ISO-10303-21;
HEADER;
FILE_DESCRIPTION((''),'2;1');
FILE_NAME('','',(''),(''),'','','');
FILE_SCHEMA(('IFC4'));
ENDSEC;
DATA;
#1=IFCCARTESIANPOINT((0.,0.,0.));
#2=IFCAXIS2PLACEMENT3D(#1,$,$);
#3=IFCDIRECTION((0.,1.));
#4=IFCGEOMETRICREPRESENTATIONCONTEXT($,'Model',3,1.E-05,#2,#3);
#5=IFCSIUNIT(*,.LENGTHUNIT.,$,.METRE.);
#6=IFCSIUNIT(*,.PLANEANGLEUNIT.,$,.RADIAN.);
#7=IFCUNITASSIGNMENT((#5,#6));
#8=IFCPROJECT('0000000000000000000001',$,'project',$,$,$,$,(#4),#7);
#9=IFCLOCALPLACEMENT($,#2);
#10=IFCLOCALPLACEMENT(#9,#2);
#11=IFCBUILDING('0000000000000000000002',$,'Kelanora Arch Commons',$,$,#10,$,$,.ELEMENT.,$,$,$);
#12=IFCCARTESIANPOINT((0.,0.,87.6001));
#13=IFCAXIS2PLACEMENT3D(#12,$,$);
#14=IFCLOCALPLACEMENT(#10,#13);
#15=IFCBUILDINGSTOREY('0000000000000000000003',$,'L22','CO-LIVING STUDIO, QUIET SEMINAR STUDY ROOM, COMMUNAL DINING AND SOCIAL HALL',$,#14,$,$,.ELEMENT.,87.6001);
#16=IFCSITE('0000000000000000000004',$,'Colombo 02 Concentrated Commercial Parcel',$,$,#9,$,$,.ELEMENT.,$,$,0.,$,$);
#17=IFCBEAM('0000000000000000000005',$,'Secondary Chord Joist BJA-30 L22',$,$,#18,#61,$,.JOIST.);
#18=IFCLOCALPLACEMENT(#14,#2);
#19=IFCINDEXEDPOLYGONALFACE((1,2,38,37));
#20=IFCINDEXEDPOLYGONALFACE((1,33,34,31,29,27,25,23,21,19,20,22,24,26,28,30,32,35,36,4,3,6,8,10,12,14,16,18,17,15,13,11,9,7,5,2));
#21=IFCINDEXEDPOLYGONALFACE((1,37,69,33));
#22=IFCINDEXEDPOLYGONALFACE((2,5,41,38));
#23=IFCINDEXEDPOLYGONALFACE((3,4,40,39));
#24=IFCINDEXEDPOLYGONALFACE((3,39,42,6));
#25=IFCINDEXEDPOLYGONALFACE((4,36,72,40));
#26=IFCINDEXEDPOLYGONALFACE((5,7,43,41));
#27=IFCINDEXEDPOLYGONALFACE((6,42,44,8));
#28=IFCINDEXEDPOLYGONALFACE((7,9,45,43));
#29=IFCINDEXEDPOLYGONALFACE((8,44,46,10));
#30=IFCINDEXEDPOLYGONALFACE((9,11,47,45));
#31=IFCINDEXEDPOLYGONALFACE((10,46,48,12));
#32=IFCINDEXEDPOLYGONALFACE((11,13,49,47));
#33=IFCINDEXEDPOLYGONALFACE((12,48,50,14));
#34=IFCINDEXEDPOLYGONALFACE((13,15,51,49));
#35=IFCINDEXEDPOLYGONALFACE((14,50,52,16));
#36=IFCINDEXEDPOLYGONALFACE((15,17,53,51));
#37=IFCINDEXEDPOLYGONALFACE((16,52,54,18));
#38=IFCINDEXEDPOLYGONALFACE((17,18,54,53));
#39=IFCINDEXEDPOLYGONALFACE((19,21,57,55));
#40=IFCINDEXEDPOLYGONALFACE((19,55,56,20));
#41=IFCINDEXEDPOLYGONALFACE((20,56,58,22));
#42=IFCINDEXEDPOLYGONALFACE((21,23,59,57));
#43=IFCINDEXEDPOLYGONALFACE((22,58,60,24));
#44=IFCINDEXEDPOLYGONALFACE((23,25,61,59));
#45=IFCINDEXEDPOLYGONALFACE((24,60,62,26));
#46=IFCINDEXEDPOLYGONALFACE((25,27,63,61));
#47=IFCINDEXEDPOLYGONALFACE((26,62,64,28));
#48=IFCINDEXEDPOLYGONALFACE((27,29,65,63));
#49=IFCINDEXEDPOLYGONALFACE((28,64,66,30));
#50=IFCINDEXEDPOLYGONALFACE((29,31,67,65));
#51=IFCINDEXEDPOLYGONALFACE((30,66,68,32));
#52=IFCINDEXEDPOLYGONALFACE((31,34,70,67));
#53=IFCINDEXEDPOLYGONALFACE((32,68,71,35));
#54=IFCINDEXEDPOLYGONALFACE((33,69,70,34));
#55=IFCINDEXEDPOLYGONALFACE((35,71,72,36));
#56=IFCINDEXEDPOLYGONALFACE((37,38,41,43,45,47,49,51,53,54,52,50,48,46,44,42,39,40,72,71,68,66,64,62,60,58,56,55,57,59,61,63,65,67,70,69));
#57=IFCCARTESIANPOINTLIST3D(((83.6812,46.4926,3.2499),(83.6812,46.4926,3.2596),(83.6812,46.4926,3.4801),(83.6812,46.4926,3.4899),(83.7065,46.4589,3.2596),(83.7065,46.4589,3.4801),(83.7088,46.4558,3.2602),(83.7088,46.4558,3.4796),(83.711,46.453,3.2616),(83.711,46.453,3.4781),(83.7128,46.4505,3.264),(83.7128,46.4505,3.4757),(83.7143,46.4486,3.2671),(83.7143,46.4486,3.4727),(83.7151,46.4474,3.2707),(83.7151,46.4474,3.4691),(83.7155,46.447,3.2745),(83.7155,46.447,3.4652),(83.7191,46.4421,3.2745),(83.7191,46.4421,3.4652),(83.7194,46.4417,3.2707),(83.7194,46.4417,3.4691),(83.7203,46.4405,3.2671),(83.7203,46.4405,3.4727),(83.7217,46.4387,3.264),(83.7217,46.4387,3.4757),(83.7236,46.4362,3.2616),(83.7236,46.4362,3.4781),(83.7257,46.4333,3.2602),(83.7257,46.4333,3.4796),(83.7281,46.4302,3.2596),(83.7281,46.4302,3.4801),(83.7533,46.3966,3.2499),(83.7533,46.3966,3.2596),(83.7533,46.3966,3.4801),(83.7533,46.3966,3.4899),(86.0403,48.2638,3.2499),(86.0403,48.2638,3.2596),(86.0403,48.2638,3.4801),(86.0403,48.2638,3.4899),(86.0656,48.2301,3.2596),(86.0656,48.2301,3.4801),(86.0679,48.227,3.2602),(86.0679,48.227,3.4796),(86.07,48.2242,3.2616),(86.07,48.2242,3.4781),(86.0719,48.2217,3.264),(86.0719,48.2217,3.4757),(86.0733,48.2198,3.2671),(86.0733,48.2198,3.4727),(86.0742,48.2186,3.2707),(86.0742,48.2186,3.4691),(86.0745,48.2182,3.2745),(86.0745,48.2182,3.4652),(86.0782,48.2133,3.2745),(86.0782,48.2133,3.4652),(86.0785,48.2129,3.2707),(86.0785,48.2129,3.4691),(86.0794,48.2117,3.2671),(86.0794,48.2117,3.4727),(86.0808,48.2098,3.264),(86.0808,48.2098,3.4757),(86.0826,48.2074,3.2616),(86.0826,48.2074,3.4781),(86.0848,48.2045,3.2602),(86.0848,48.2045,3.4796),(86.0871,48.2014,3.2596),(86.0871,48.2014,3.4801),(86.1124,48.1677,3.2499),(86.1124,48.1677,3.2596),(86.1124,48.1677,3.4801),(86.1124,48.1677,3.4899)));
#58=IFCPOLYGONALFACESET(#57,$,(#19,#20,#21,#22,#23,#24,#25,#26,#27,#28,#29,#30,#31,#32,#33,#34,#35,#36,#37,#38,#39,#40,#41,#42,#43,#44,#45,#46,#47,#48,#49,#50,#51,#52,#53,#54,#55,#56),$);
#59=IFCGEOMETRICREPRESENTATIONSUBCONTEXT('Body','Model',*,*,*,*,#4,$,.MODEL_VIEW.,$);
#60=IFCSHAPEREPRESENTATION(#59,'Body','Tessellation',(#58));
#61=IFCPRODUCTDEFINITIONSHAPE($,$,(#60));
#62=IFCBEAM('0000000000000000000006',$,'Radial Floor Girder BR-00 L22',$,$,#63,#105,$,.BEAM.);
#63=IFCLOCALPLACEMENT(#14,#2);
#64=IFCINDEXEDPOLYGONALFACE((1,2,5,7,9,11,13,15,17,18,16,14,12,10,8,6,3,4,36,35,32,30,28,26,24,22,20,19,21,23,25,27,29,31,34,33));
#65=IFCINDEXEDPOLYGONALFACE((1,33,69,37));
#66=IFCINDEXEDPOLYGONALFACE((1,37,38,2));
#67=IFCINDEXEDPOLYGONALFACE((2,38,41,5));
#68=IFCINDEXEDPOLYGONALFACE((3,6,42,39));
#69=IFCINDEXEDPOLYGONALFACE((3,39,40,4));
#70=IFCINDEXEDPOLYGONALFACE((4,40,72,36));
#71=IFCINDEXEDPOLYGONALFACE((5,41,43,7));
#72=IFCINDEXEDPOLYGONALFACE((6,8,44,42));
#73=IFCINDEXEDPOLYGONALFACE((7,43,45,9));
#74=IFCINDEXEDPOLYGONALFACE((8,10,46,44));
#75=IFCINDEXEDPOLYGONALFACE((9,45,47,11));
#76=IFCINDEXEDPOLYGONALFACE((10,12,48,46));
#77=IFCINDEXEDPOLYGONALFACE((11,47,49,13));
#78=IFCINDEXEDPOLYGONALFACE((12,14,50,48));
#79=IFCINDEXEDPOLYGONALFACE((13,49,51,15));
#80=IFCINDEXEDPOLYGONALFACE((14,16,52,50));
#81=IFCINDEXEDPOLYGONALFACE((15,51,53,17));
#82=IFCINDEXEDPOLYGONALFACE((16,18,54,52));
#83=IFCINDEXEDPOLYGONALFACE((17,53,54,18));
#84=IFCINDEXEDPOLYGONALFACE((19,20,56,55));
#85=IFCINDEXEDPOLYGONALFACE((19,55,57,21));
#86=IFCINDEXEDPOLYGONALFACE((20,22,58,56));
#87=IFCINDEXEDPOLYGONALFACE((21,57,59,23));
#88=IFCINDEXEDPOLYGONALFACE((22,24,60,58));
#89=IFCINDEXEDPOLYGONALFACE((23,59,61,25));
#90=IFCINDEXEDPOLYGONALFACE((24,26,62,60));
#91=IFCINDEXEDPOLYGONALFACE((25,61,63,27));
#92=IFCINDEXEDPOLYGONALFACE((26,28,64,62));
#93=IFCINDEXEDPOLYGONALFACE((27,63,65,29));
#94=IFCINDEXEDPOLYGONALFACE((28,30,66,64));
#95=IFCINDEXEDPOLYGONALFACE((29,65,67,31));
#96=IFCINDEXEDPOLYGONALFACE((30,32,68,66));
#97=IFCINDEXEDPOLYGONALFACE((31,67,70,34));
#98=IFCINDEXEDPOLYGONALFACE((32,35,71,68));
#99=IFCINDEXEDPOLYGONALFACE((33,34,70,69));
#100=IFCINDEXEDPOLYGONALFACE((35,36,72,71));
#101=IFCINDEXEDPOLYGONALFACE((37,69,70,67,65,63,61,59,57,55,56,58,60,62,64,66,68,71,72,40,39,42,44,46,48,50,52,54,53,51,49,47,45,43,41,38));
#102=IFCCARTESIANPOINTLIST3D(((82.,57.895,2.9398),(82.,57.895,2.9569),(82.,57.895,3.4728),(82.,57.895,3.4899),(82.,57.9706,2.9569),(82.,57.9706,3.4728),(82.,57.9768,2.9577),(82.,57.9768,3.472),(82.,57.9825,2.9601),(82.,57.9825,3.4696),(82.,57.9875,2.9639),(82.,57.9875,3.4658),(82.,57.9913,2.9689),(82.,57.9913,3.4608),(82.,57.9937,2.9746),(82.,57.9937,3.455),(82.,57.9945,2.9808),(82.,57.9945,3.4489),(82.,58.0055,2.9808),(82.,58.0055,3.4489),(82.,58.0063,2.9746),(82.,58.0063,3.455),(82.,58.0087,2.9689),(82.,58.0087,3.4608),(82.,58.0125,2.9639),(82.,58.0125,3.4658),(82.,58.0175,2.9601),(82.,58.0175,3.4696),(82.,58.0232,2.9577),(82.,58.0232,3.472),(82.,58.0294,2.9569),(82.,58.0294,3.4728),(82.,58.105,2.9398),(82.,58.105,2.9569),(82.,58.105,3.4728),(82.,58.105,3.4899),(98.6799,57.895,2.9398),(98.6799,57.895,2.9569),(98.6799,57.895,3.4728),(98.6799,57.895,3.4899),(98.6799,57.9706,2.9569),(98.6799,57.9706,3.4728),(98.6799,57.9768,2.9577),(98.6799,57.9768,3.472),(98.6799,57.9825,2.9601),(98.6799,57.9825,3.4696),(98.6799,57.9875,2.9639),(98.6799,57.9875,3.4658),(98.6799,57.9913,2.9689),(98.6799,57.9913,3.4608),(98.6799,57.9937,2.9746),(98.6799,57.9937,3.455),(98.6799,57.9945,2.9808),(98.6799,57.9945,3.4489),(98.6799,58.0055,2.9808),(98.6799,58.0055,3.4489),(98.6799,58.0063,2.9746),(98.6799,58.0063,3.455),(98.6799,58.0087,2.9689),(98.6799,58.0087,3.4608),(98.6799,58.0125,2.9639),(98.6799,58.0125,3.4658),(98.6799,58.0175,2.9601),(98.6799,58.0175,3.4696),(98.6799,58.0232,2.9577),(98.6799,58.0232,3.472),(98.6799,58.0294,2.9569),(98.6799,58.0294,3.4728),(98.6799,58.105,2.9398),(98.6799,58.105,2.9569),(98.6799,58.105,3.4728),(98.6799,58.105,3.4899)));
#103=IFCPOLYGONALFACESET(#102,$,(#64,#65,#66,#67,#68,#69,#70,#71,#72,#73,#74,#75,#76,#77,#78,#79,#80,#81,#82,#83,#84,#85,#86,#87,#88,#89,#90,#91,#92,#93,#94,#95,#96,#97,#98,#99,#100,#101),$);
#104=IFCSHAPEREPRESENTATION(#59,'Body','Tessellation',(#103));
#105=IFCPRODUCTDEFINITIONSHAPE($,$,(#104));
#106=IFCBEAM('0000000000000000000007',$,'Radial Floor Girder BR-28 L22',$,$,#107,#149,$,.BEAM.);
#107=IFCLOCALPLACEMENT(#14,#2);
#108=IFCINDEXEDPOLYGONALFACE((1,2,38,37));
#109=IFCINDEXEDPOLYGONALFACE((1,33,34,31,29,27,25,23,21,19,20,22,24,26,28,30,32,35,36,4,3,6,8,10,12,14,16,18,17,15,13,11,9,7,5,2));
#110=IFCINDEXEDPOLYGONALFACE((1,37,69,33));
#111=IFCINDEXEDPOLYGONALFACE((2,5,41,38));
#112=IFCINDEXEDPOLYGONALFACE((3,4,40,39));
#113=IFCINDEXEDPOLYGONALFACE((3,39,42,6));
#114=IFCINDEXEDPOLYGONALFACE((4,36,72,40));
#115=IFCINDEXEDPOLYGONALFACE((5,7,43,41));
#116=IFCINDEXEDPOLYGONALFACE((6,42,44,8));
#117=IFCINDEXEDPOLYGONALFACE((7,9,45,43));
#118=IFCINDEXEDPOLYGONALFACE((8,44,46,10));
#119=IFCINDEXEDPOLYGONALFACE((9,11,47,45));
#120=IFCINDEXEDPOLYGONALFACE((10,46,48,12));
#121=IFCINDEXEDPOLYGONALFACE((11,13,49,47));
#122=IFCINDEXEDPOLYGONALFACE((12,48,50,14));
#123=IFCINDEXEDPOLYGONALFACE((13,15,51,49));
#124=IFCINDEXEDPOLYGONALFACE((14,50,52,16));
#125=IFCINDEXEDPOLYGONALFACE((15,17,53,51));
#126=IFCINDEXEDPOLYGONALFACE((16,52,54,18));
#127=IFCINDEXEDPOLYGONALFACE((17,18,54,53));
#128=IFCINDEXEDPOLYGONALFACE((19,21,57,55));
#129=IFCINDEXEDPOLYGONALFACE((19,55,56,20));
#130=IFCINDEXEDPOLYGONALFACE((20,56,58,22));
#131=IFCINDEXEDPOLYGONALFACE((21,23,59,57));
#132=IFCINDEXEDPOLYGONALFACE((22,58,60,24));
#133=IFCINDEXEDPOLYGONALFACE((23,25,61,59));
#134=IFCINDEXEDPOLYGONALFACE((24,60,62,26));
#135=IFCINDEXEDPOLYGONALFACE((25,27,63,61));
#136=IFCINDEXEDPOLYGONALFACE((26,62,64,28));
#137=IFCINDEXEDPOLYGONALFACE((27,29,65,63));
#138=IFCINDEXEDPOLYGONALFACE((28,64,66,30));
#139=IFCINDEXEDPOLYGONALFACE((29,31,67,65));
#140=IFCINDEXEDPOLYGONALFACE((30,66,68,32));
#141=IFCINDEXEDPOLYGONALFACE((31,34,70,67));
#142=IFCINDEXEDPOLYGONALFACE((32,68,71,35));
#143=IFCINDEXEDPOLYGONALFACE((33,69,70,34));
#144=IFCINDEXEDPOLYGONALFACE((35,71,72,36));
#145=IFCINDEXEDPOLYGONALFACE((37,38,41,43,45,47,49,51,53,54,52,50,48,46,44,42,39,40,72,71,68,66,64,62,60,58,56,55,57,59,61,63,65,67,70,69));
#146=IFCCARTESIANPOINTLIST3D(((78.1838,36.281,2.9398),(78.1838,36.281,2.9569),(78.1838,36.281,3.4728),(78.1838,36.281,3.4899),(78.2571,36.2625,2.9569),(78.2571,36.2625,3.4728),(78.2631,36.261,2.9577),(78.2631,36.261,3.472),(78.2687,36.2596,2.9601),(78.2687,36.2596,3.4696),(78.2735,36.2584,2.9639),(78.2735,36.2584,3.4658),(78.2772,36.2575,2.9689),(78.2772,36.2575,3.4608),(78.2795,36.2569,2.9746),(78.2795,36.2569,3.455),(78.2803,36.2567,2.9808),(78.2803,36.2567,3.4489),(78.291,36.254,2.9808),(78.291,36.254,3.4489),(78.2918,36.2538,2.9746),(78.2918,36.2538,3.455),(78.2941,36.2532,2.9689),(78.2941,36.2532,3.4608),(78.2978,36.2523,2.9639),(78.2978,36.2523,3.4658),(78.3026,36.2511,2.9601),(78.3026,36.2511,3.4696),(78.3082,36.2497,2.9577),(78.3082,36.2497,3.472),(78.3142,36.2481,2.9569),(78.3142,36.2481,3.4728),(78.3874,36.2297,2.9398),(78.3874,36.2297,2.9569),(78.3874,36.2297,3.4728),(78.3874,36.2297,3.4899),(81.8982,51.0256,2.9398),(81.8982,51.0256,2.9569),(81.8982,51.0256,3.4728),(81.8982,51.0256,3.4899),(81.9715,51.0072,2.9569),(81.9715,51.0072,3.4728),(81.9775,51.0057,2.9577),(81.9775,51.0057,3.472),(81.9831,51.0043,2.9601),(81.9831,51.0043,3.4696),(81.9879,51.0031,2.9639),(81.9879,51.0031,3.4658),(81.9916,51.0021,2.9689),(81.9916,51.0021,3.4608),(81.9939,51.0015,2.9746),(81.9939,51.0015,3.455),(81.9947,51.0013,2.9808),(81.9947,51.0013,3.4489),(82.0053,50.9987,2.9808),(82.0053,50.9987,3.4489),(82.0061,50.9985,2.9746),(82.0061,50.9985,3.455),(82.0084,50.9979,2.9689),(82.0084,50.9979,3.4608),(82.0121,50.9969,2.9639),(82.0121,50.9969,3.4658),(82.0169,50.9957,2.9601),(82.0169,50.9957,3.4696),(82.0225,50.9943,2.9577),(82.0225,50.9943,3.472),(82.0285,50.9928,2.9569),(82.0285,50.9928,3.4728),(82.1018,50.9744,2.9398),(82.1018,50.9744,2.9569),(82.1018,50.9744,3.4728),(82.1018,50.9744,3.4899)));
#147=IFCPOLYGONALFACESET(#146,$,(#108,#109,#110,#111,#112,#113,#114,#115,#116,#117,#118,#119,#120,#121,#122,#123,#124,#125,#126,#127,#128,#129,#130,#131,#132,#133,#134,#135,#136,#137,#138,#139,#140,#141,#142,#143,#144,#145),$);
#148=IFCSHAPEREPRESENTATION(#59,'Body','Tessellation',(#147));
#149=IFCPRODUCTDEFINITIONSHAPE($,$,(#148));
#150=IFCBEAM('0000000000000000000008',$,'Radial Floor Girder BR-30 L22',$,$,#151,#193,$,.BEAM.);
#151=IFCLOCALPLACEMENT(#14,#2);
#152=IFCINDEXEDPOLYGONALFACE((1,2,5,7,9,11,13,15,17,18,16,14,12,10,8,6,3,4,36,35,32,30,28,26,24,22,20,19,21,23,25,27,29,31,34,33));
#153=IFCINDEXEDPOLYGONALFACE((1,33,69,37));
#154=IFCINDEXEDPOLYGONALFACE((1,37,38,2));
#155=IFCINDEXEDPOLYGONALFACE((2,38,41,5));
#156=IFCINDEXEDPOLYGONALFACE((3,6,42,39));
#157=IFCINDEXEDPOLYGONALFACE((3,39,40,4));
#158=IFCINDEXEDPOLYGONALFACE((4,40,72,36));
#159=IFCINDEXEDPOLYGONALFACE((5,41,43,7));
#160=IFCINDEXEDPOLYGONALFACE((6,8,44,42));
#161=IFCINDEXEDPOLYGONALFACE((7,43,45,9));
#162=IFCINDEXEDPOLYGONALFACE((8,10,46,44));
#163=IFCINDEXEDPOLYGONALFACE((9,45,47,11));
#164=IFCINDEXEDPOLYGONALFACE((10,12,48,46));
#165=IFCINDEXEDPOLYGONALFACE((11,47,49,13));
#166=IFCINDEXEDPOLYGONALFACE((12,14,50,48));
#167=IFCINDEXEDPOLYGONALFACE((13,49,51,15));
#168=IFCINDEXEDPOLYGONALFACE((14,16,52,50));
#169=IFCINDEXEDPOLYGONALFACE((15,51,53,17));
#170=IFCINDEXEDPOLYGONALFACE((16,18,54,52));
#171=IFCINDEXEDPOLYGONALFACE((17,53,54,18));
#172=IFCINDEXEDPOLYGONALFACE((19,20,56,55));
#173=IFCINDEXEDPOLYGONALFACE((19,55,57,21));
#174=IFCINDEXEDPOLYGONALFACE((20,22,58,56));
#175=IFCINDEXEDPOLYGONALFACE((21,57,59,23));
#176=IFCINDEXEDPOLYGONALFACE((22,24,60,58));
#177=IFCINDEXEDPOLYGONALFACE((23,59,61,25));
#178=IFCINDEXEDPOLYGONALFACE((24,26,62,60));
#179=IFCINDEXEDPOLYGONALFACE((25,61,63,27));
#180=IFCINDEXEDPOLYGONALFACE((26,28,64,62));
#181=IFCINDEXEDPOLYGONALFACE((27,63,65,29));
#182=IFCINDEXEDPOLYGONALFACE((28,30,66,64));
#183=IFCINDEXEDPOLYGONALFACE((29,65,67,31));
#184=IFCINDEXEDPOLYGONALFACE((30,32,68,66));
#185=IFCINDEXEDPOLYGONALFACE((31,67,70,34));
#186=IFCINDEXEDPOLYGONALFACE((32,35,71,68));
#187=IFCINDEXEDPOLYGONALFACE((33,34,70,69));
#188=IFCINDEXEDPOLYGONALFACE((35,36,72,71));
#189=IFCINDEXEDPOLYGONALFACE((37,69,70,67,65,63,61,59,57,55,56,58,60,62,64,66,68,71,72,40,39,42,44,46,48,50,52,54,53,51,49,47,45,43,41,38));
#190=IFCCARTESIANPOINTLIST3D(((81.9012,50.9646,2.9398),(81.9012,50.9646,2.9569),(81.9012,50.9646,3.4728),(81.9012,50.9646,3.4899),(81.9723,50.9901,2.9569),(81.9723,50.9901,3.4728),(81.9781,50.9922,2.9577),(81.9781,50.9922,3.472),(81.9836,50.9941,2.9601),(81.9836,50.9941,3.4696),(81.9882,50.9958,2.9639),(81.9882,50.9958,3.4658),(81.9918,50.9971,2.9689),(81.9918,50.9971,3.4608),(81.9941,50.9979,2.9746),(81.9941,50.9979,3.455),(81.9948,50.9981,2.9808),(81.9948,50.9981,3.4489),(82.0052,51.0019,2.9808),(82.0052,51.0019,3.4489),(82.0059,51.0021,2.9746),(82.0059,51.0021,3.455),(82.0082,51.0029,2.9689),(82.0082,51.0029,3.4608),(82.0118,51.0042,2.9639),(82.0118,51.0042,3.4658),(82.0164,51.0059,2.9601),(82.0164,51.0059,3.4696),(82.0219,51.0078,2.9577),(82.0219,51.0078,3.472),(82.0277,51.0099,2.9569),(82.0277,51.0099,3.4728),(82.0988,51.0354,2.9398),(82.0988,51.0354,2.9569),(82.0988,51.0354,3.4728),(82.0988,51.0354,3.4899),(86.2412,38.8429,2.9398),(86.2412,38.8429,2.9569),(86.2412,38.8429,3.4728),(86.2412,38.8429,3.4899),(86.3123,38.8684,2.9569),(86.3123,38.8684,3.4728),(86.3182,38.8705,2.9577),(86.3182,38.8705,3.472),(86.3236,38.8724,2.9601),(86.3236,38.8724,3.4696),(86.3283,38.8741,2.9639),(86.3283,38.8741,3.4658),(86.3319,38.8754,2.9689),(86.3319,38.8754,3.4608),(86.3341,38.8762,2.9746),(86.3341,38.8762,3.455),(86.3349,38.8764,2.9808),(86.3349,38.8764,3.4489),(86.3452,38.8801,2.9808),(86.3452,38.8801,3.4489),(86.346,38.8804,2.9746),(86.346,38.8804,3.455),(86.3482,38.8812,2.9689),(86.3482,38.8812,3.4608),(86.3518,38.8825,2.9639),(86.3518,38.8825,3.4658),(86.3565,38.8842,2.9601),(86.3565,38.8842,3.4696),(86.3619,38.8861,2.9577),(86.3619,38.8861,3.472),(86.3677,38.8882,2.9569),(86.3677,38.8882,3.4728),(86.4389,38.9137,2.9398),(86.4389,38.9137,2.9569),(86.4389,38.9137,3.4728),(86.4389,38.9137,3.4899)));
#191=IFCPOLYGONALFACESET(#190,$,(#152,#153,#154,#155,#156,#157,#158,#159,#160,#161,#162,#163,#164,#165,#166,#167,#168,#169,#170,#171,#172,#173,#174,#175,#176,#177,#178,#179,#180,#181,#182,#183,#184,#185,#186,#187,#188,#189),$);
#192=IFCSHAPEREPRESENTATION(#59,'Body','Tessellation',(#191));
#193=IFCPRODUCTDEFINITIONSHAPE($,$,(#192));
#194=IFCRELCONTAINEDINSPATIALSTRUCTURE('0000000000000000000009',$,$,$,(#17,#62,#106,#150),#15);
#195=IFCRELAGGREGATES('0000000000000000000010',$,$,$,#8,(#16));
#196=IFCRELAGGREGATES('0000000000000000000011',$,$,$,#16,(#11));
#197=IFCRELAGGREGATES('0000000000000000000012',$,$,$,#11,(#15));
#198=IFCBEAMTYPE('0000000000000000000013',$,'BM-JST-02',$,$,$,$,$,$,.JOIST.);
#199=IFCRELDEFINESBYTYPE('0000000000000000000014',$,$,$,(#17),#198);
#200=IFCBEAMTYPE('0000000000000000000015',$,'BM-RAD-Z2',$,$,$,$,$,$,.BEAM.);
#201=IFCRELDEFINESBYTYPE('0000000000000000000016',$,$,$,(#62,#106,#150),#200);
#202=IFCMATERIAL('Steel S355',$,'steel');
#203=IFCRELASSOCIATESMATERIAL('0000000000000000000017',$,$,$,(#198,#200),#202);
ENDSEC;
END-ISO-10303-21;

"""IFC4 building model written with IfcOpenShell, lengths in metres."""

from ifc_helpers import new_model, si_unit, direction, frame, origin, origin_2d, place, context, subcontext, project, spatial, i_section, extrude, material, material_profile, profile_set, type_object, element, save


model = new_model("IFC4")

# Units and contexts
model_context = context("Model", 3, precision=1e-05, world=origin(), true_north=direction((0.0, 1.0)))
body_context = subcontext(model_context, "Body", "Model", "MODEL_VIEW")
ifc_project = project(units=[si_unit("LENGTHUNIT", "METRE"), si_unit("PLANEANGLEUNIT", "RADIAN")], contexts=[model_context])

# Site, building, storey
site_placement = place(None, origin())
site = spatial("IfcSite", under=ifc_project, at=site_placement, Name="Colombo 02 Concentrated Commercial Parcel", CompositionType="ELEMENT", RefElevation=0.0)
building_placement = place(site_placement, origin())
building = spatial("IfcBuilding", under=site, at=building_placement, Name="Kelanora Arch Commons", CompositionType="ELEMENT")
storey_placement = place(building_placement, frame((0.0, 0.0, 87.6001)))
storey = spatial("IfcBuildingStorey", under=building, at=storey_placement, Name="L22", Description="CO-LIVING STUDIO, QUIET SEMINAR STUDY ROOM, COMMUNAL DINING AND SOCIAL HALL", CompositionType="ELEMENT", Elevation=87.6001)

# Beams
ifc_material_1 = material(Name="Steel S355", Category="steel")
ifc_material_profile_1 = material_profile(ifc_material_1, i_section(OverallWidth=0.1201, OverallDepth=0.24, WebThickness=0.0061, FlangeThickness=0.0098, FilletRadius=0.0149, at=origin_2d()), Name="IPE240")
ifc_profile_set_1 = profile_set([ifc_material_profile_1], Name="Steel S355")
beam_type_1 = type_object("IfcBeamType", Name="BM-JST-02", PredefinedType="JOIST", material=ifc_profile_set_1)
beam_1_placement = place(storey_placement, frame((83.7173, 46.4446, 3.3699), z_axis=(0.799692, 0.60041, 0.0), x_axis=(-0.60041, 0.799692, 0.0)))
element("IfcBeam", 1, at=beam_1_placement, inside=storey, type_object=beam_type_1, Name="Secondary Chord Joist BJA-30 L22", PredefinedType="JOIST", context=body_context, shape_type="SweptSolid", body=[
    extrude(i_section(OverallWidth=0.1201, OverallDepth=0.24, WebThickness=0.0061, FlangeThickness=0.0098, FilletRadius=0.0149, at=origin_2d()), origin(), (0.0, 0.0, 1.0), 2.95),
])
ifc_material_profile_2 = material_profile(ifc_material_1, i_section(OverallWidth=0.21, OverallDepth=0.55, WebThickness=0.011, FlangeThickness=0.0171, FilletRadius=0.0239, at=origin_2d()), Name="IPE550")
ifc_profile_set_2 = profile_set([ifc_material_profile_2], Name="Steel S355")
beam_type_2 = type_object("IfcBeamType", Name="BM-RAD-Z2", PredefinedType="BEAM", material=ifc_profile_set_2)
beam_2_placement = place(storey_placement, frame((82.0, 58.0, 3.2148), z_axis=(1.0, 0.0, 0.0), x_axis=(0.0, 1.0, 0.0)))
element("IfcBeam", 2, at=beam_2_placement, inside=storey, type_object=beam_type_2, Name="Radial Floor Girder BR-00 L22", PredefinedType="BEAM", context=body_context, shape_type="SweptSolid", body=[
    extrude(i_section(OverallWidth=0.21, OverallDepth=0.55, WebThickness=0.011, FlangeThickness=0.0171, FilletRadius=0.0239, at=origin_2d()), origin(), (0.0, 0.0, 1.0), 16.6799),
])
beam_3_placement = place(storey_placement, frame((82.0, 51.0, 3.2148), z_axis=(-0.244281, -0.969705, 0.0), x_axis=(0.969705, -0.244281, 0.0)))
element("IfcBeam", 3, at=beam_3_placement, inside=storey, type_object=beam_type_2, Name="Radial Floor Girder BR-28 L22", PredefinedType="BEAM", context=body_context, shape_type="SweptSolid", body=[
    extrude(i_section(OverallWidth=0.21, OverallDepth=0.55, WebThickness=0.011, FlangeThickness=0.0171, FilletRadius=0.0239, at=origin_2d()), origin(), (0.0, 0.0, 1.0), 15.2053),
])
beam_4_placement = place(storey_placement, frame((82.0, 51.0, 3.2148), z_axis=(0.337085, -0.941474, 0.0), x_axis=(0.941474, 0.337085, 0.0)))
element("IfcBeam", 4, at=beam_4_placement, inside=storey, type_object=beam_type_2, Name="Radial Floor Girder BR-30 L22", PredefinedType="BEAM", context=body_context, shape_type="SweptSolid", body=[
    extrude(i_section(OverallWidth=0.21, OverallDepth=0.55, WebThickness=0.011, FlangeThickness=0.0171, FilletRadius=0.0239, at=origin_2d()), origin(), (0.0, 0.0, 1.0), 12.8752),
])

save(model, "model.ifc")
